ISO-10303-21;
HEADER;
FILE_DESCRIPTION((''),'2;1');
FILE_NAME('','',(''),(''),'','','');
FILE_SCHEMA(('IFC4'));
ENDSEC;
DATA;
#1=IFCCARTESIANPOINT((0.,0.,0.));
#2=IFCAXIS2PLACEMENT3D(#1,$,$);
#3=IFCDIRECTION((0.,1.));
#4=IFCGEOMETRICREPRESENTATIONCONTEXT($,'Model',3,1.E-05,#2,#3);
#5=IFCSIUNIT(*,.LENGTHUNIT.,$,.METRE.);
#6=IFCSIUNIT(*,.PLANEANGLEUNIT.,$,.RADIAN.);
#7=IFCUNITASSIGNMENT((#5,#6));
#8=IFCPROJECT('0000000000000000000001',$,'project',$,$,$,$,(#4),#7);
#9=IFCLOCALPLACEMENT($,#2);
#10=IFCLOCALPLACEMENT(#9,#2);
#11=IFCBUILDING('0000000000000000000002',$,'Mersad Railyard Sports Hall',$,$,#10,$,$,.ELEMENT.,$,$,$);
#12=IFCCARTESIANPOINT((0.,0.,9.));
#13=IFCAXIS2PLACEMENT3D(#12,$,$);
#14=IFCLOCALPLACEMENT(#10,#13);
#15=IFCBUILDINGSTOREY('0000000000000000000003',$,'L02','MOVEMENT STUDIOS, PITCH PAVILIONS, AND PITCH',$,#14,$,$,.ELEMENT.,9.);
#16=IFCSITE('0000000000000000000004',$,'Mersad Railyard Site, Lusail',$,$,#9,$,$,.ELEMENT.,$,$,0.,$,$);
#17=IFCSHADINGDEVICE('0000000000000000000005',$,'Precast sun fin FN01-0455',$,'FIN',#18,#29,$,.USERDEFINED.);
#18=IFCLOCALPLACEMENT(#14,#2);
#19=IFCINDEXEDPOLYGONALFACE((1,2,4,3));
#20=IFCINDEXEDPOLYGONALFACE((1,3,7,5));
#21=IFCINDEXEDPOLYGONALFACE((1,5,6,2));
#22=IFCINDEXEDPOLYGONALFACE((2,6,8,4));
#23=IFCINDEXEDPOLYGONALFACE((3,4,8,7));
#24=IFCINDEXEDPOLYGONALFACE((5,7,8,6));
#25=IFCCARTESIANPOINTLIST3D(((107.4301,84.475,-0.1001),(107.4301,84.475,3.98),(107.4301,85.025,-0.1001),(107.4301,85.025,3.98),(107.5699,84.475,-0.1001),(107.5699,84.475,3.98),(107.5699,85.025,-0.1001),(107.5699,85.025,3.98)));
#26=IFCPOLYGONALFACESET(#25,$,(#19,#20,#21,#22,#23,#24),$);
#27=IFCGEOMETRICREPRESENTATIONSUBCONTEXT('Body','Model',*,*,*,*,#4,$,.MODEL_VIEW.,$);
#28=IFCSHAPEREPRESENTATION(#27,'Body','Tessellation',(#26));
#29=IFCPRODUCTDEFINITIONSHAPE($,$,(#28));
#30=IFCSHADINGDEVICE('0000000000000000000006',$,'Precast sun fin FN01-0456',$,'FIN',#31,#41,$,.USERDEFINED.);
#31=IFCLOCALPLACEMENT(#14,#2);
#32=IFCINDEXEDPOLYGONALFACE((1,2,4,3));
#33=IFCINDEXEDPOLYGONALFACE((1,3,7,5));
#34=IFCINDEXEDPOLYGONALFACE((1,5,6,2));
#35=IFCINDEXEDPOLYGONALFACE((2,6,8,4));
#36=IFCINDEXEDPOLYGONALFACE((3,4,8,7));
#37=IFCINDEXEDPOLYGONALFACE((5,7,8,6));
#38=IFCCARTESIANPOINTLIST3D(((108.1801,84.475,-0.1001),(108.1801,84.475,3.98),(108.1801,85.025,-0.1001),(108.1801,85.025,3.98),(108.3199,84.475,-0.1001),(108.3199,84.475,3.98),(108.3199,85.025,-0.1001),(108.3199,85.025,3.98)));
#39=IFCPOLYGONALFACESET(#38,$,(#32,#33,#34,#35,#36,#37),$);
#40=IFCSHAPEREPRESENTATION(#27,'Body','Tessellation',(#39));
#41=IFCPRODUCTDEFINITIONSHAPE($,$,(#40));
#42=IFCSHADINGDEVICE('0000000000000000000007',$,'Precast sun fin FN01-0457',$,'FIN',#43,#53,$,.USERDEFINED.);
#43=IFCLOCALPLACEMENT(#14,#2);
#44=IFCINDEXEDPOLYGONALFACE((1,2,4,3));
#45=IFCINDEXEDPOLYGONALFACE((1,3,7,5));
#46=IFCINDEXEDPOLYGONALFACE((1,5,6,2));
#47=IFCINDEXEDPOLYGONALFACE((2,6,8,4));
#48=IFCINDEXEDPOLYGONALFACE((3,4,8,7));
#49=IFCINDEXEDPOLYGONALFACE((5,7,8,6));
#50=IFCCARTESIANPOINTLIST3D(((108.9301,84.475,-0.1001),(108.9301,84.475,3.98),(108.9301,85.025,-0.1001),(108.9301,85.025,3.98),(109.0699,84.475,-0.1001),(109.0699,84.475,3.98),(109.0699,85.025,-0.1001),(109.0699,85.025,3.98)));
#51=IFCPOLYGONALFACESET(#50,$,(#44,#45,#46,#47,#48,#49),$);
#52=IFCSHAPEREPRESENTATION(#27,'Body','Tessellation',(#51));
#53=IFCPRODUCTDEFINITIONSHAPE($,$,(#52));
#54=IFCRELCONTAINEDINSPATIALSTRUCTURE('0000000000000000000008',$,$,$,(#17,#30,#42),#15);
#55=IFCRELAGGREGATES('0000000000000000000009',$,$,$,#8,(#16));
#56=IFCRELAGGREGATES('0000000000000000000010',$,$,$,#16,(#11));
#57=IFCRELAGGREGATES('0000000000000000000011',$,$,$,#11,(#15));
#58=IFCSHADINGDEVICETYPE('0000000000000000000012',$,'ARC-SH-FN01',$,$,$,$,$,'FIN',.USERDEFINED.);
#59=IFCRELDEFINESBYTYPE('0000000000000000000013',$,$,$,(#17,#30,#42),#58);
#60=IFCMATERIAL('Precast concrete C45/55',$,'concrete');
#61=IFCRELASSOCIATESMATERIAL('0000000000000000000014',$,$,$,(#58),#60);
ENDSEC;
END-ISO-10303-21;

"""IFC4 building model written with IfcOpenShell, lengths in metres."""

from ifc_helpers import new_model, si_unit, direction, frame, origin, origin_2d, place, context, subcontext, project, spatial, rectangle, extrude, material, type_object, element, save


model = new_model("IFC4")

# Units and contexts
model_context = context("Model", 3, precision=1e-05, world=origin(), true_north=direction((0.0, 1.0)))
body_context = subcontext(model_context, "Body", "Model", "MODEL_VIEW")
ifc_project = project(units=[si_unit("LENGTHUNIT", "METRE"), si_unit("PLANEANGLEUNIT", "RADIAN")], contexts=[model_context])

# Site, building, storey
site_placement = place(None, origin())
site = spatial("IfcSite", under=ifc_project, at=site_placement, Name="Mersad Railyard Site, Lusail", CompositionType="ELEMENT", RefElevation=0.0)
building_placement = place(site_placement, origin())
building = spatial("IfcBuilding", under=site, at=building_placement, Name="Mersad Railyard Sports Hall", CompositionType="ELEMENT")
storey_placement = place(building_placement, frame((0.0, 0.0, 9.0)))
storey = spatial("IfcBuildingStorey", under=building, at=storey_placement, Name="L02", Description="MOVEMENT STUDIOS, PITCH PAVILIONS, AND PITCH", CompositionType="ELEMENT", Elevation=9.0)

# Shading devices
ifc_material = material(Name="Precast concrete C45/55", Category="concrete")
shading_device_type = type_object("IfcShadingDeviceType", Name="ARC-SH-FN01", ElementType="FIN", PredefinedType="USERDEFINED", material=ifc_material)
for number, where, z_axis, x_axis, name in (
    (1, (107.5, 84.75, -0.1001), (0.0, 0.0, 1.0), (1.0, 0.0, 0.0), "Precast sun fin FN01-0455"),
    (2, (108.25, 84.75, -0.1001), (0.0, 0.0, 1.0), (1.0, 0.0, 0.0), "Precast sun fin FN01-0456"),
    (3, (109.0, 84.75, -0.1001), (0.0, 0.0, 1.0), (1.0, 0.0, 0.0), "Precast sun fin FN01-0457"),
):
    element("IfcShadingDevice", number, at=place(storey_placement, frame(where, z_axis=z_axis, x_axis=x_axis)), inside=storey, type_object=shading_device_type, Name=name, ObjectType="FIN", PredefinedType="USERDEFINED", context=body_context, shape_type="SweptSolid", body=[
        extrude(rectangle(XDim=0.1399, YDim=0.55, at=origin_2d()), origin(), (0.0, 0.0, 1.0), 4.0801),
    ])

save(model, "model.ifc")
